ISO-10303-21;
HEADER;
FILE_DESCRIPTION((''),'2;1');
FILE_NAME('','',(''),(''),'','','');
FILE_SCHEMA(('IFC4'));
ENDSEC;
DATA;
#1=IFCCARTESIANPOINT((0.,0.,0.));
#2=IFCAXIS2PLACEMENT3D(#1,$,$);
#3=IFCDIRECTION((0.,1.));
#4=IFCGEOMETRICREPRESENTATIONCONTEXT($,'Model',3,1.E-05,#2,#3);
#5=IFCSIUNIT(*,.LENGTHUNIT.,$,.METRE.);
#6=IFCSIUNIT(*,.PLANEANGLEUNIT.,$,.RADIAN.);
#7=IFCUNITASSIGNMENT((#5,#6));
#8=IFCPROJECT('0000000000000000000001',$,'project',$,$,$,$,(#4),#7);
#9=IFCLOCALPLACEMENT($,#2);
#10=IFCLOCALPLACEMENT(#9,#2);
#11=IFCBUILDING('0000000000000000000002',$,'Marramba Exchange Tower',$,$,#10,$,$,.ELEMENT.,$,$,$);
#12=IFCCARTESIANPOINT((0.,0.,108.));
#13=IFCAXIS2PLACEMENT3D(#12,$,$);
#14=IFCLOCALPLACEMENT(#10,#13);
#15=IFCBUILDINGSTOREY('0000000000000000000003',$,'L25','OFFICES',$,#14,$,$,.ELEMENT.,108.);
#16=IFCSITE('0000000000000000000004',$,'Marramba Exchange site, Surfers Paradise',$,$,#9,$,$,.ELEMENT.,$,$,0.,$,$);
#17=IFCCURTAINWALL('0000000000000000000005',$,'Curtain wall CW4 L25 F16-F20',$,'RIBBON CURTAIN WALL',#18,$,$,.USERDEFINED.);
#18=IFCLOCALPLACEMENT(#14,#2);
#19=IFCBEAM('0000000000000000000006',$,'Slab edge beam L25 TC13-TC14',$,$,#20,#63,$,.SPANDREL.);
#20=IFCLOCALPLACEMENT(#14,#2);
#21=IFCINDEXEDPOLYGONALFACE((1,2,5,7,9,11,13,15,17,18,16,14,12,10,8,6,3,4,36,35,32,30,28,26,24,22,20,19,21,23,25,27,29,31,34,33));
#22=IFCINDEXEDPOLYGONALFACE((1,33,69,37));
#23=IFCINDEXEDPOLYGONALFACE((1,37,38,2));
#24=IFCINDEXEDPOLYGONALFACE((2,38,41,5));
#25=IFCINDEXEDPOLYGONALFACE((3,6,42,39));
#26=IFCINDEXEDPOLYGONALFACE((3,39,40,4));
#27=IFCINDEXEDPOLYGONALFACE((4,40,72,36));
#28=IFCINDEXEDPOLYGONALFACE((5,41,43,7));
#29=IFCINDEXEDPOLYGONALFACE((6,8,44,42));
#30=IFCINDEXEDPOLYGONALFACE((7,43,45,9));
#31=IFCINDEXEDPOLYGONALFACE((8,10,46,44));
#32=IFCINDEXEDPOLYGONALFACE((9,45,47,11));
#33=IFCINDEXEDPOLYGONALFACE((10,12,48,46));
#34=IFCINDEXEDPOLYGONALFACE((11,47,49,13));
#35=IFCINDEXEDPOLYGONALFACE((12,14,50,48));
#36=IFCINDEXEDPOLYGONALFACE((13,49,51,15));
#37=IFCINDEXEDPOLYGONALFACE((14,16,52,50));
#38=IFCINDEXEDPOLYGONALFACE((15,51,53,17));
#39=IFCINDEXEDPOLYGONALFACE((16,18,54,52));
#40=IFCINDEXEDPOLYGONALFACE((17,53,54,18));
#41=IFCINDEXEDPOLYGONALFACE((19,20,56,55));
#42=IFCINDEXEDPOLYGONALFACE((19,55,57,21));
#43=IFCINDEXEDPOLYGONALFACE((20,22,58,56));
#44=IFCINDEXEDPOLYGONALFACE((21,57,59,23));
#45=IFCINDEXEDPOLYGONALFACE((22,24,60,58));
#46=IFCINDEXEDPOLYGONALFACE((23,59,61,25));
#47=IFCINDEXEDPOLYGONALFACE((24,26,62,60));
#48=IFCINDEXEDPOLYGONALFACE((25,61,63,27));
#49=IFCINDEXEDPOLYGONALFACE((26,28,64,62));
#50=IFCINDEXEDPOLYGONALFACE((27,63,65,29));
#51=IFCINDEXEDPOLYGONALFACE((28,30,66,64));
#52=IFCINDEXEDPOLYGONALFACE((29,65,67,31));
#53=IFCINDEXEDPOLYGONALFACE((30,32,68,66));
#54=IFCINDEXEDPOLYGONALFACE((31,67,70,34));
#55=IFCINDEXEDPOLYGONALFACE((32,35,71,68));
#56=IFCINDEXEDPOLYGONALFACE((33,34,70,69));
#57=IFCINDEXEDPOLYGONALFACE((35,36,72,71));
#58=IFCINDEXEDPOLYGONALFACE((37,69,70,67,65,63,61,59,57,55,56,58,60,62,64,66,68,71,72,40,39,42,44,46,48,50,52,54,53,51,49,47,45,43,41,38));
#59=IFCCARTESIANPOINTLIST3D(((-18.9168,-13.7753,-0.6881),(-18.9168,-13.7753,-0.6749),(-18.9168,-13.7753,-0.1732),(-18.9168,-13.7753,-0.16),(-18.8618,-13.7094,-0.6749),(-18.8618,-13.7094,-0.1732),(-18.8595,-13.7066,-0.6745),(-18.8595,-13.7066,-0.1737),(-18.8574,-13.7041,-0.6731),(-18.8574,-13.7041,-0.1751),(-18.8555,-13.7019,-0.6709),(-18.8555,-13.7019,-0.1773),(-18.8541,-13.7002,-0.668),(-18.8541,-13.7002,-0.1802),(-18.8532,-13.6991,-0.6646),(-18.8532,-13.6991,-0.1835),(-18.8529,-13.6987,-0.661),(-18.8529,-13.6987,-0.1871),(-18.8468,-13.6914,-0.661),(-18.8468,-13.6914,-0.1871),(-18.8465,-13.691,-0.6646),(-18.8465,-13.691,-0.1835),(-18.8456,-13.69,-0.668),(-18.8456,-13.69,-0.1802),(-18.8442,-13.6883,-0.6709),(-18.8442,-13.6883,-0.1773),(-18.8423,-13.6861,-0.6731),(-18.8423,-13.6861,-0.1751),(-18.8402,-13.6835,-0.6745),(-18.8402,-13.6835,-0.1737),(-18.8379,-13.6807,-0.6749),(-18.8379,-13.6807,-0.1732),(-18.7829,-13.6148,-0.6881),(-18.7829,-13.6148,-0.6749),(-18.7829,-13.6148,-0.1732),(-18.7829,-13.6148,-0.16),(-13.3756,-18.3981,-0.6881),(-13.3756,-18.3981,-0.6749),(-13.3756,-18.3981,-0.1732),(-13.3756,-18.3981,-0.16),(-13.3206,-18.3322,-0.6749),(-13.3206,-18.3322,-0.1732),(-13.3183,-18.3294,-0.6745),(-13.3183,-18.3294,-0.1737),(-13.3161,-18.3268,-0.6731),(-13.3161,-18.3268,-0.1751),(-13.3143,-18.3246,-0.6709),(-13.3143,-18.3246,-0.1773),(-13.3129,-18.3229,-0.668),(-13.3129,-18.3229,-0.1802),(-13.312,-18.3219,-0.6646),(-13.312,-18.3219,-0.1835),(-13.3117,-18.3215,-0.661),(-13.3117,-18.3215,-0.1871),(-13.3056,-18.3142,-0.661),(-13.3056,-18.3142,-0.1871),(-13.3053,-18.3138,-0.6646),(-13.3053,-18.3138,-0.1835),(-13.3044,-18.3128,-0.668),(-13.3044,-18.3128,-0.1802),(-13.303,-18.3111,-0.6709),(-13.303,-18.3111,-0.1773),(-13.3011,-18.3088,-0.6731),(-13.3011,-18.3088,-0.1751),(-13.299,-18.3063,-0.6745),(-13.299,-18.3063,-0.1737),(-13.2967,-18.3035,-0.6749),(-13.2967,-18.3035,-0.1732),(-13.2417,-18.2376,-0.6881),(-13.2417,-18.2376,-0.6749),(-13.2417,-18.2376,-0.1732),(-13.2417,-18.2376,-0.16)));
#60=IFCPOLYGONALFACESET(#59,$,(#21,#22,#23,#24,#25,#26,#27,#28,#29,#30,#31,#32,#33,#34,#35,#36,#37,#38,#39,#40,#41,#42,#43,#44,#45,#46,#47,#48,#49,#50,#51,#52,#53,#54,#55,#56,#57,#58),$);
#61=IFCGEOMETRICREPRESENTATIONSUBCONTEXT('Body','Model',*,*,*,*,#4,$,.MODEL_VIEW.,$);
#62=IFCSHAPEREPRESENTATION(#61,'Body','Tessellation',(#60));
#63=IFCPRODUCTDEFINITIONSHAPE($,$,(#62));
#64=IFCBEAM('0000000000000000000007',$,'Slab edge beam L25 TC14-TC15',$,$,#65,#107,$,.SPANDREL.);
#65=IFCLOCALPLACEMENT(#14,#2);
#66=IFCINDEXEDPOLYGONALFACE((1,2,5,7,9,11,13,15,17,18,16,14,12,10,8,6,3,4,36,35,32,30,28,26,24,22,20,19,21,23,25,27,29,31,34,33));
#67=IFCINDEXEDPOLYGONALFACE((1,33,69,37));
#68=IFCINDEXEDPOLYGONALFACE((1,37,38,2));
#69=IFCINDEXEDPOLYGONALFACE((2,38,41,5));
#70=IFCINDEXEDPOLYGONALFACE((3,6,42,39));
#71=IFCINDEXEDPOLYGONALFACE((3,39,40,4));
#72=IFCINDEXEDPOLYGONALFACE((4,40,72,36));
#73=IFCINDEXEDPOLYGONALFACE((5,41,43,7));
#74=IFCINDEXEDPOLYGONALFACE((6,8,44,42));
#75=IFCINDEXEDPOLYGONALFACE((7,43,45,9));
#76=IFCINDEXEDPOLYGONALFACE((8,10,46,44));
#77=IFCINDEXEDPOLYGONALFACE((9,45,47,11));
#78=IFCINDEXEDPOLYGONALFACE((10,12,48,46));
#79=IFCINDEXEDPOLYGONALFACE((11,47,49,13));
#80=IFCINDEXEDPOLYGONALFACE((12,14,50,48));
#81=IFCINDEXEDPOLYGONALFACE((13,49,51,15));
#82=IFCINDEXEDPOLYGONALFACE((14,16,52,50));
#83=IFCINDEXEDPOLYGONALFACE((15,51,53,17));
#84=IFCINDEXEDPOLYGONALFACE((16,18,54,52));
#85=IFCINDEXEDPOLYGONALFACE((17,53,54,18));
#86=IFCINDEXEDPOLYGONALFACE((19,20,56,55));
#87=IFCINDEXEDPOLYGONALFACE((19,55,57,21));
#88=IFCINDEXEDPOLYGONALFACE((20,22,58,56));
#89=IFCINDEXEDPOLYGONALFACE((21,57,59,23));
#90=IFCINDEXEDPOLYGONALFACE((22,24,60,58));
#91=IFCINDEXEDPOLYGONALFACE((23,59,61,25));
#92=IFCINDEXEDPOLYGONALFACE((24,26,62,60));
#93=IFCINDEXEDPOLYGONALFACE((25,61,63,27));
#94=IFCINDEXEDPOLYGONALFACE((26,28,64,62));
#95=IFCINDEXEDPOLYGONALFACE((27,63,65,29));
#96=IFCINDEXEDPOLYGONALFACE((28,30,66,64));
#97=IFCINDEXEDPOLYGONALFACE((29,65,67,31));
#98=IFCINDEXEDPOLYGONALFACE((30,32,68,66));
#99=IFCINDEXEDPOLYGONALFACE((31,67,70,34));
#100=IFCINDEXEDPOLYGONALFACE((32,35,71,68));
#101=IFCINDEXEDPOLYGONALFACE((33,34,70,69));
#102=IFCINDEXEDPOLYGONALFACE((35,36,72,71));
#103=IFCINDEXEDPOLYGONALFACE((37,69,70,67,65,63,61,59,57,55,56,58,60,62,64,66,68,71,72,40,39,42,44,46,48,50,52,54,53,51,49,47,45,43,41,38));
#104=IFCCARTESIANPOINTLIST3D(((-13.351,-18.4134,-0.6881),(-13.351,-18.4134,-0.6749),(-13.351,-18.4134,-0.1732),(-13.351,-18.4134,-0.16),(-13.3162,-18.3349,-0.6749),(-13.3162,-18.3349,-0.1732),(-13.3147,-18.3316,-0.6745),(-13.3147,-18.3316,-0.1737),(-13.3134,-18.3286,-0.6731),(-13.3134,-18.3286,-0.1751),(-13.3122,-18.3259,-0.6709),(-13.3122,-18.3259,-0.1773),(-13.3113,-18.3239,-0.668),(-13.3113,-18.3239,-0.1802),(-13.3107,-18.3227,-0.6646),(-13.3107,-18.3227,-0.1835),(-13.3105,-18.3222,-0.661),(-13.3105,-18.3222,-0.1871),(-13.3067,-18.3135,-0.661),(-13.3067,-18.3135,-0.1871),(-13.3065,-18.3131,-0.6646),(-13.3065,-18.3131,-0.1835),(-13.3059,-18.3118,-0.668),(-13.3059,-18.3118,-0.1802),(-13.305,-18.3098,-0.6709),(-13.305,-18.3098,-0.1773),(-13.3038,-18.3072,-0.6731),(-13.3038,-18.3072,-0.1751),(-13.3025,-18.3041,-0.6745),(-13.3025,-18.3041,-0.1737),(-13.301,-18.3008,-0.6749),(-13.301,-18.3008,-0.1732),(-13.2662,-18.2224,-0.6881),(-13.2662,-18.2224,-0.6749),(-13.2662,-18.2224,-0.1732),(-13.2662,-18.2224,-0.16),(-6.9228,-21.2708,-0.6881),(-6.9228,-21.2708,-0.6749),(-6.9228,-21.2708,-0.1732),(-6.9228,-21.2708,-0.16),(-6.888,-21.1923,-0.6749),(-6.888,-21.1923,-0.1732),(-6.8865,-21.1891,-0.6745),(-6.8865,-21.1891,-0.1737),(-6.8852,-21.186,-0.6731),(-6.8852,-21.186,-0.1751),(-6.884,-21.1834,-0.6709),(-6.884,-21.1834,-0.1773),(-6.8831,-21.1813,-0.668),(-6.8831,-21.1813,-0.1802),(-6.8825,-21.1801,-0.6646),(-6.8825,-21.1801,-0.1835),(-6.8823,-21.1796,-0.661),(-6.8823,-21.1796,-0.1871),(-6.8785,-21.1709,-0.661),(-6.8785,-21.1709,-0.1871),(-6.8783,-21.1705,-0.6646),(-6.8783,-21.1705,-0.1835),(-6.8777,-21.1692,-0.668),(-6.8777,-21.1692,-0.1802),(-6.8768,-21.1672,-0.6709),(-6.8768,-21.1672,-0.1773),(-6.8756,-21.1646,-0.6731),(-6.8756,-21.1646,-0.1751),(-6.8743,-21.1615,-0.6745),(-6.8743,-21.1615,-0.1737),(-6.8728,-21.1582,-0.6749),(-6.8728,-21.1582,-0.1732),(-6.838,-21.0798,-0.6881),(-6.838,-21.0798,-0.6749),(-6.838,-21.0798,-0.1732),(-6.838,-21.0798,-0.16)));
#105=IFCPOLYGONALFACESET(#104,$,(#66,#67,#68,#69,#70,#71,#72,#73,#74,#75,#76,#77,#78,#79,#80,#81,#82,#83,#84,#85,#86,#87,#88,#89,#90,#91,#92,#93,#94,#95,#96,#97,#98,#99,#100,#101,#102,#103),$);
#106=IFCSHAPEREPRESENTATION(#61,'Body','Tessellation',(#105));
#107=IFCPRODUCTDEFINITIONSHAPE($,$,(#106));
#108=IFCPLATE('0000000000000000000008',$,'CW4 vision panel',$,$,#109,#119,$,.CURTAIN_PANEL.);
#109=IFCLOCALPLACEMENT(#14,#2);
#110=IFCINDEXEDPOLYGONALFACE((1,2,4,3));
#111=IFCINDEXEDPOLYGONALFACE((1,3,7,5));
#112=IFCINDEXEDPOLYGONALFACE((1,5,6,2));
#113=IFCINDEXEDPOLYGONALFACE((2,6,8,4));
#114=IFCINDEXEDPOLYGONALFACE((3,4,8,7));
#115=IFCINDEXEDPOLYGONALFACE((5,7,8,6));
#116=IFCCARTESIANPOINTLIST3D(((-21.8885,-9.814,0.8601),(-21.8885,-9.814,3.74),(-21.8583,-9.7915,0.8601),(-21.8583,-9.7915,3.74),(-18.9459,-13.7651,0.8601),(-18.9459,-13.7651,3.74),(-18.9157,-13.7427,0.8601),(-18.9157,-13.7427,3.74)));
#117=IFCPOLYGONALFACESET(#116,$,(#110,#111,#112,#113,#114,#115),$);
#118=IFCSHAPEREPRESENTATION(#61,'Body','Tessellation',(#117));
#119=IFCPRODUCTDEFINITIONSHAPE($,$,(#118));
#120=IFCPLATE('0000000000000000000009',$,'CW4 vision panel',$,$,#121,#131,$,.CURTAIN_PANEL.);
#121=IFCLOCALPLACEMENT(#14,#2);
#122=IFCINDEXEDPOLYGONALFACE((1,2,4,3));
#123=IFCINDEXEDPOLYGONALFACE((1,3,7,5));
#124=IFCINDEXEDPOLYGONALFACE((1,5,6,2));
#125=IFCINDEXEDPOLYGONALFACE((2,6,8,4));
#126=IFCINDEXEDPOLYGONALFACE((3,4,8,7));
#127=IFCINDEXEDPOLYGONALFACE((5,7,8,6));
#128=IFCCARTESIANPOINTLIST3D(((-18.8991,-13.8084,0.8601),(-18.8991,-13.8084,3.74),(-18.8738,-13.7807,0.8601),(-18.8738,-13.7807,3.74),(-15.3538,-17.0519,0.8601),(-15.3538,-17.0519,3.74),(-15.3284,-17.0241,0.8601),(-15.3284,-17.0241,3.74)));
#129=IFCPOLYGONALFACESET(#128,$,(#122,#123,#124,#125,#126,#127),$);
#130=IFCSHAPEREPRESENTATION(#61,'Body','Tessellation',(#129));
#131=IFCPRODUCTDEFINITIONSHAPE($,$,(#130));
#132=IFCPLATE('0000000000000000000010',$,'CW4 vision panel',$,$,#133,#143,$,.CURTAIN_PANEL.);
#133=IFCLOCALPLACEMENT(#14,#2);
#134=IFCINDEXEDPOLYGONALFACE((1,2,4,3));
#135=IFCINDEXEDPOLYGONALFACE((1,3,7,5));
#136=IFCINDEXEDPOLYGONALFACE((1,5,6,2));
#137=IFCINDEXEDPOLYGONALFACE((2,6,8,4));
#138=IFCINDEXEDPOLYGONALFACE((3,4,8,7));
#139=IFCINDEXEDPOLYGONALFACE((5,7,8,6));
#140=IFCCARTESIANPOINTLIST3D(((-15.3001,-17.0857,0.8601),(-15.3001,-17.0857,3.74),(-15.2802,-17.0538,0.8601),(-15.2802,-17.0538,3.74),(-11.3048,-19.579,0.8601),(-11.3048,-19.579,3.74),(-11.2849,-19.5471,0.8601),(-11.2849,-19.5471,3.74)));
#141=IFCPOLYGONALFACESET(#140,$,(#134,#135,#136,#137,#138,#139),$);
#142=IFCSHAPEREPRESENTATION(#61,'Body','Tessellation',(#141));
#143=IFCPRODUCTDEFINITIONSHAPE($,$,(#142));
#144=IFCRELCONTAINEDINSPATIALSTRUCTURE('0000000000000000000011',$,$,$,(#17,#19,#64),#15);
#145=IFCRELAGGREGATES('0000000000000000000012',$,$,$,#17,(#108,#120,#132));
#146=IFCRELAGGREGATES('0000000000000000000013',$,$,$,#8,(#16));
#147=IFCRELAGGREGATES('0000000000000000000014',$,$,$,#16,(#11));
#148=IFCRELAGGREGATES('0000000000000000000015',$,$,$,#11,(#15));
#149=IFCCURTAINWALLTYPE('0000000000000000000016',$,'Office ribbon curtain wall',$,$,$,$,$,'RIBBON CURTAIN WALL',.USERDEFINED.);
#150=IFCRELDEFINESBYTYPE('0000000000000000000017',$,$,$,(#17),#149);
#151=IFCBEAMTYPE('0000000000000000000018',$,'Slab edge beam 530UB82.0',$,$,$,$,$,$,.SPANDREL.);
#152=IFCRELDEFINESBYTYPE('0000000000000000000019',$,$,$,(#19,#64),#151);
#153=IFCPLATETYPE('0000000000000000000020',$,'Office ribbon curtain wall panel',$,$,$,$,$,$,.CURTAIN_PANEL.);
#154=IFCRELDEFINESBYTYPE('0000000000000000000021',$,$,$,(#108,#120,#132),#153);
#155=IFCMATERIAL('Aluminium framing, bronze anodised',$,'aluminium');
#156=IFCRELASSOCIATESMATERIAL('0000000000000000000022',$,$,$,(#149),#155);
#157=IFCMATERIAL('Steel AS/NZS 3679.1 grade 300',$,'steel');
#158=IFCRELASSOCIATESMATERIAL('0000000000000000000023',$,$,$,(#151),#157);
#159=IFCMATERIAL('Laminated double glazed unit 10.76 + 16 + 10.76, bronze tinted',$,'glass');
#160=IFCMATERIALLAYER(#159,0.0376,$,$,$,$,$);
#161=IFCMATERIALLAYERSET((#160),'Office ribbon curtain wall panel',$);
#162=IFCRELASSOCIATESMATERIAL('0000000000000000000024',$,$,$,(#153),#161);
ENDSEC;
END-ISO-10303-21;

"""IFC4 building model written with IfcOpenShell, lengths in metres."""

from ifc_helpers import new_model, si_unit, direction, frame, origin, origin_2d, place, context, subcontext, project, spatial, rectangle, i_section, extrude, material, layer, layer_set, material_profile, profile_set, type_object, element, aggregate, save


model = new_model("IFC4")

# Units and contexts
model_context = context("Model", 3, precision=1e-05, world=origin(), true_north=direction((0.0, 1.0)))
body_context = subcontext(model_context, "Body", "Model", "MODEL_VIEW")
ifc_project = project(units=[si_unit("LENGTHUNIT", "METRE"), si_unit("PLANEANGLEUNIT", "RADIAN")], contexts=[model_context])

# Site, building, storey
site_placement = place(None, origin())
site = spatial("IfcSite", under=ifc_project, at=site_placement, Name="Marramba Exchange site, Surfers Paradise", CompositionType="ELEMENT", RefElevation=0.0)
building_placement = place(site_placement, origin())
building = spatial("IfcBuilding", under=site, at=building_placement, Name="Marramba Exchange Tower", CompositionType="ELEMENT")
storey_placement = place(building_placement, frame((0.0, 0.0, 108.0)))
storey = spatial("IfcBuildingStorey", under=building, at=storey_placement, Name="L25", Description="OFFICES", CompositionType="ELEMENT", Elevation=108.0)

# Curtain wall
ifc_material_1 = material(Name="Aluminium framing, bronze anodised", Category="aluminium")
curtain_wall_type = type_object("IfcCurtainWallType", Name="Office ribbon curtain wall", ElementType="RIBBON CURTAIN WALL", PredefinedType="USERDEFINED", material=ifc_material_1)
curtain_wall_placement = place(storey_placement, origin())
curtain_wall = element("IfcCurtainWall", 1, at=curtain_wall_placement, inside=storey, type_object=curtain_wall_type, Name="Curtain wall CW4 L25 F16-F20", ObjectType="RIBBON CURTAIN WALL", PredefinedType="USERDEFINED")

# Beams
ifc_material_2 = material(Name="Steel AS/NZS 3679.1 grade 300", Category="steel")
ifc_material_profile_1 = material_profile(ifc_material_2, i_section(OverallWidth=0.209, OverallDepth=0.5281, WebThickness=0.0095, FlangeThickness=0.0132, FilletRadius=0.0139, at=origin_2d()), Name="530UB82.0")
ifc_profile_set_1 = profile_set([ifc_material_profile_1], Name="Steel AS/NZS 3679.1 grade 300")
beam_type_1 = type_object("IfcBeamType", Name="Slab edge beam 530UB82.0", PredefinedType="SPANDREL", material=ifc_profile_set_1)
beam_1_placement = place(storey_placement, frame((-18.8499, -13.6951, -0.4241), z_axis=(0.767875, -0.6406, 0.0), x_axis=(0.6406, 0.767875, 0.0)))
element("IfcBeam", 2, at=beam_1_placement, inside=storey, type_object=beam_type_1, Name="Slab edge beam L25 TC13-TC14", PredefinedType="SPANDREL", context=body_context, shape_type="SweptSolid", body=[
    extrude(i_section(OverallWidth=0.209, OverallDepth=0.5281, WebThickness=0.0095, FlangeThickness=0.0132, FilletRadius=0.0139, at=origin_2d()), origin(), (0.0, 0.0, 1.0), 7.2163),
])
beam_2_placement = place(storey_placement, frame((-13.3086, -18.3179, -0.4241), z_axis=(0.913789, -0.40619, 0.0), x_axis=(0.40619, 0.913789, 0.0)))
element("IfcBeam", 3, at=beam_2_placement, inside=storey, type_object=beam_type_1, Name="Slab edge beam L25 TC14-TC15", PredefinedType="SPANDREL", context=body_context, shape_type="SweptSolid", body=[
    extrude(i_section(OverallWidth=0.209, OverallDepth=0.5281, WebThickness=0.0095, FlangeThickness=0.0132, FilletRadius=0.0139, at=origin_2d()), origin(), (0.0, 0.0, 1.0), 7.0347),
])

# Plates
ifc_material_3 = material(Name="Laminated double glazed unit 10.76 + 16 + 10.76, bronze tinted", Category="glass")
ifc_layer_1 = layer(ifc_material_3, 0.0376)
ifc_layer_set_1 = layer_set([ifc_layer_1], Name="Office ribbon curtain wall panel")
plate_type = type_object("IfcPlateType", Name="Office ribbon curtain wall panel", PredefinedType="CURTAIN_PANEL", material=ifc_layer_set_1)
plate_1_placement = place(storey_placement, frame((-20.4021, -11.7783, 0.8601), z_axis=(0.0, 0.0, 1.0), x_axis=(0.597305, -0.802014, 0.0)))
plate_1 = element("IfcPlate", 4, at=plate_1_placement, type_object=plate_type, Name="CW4 vision panel", PredefinedType="CURTAIN_PANEL", context=body_context, shape_type="SweptSolid", body=[
    extrude(rectangle(XDim=4.9265, YDim=0.0376, at=origin_2d()), origin(), (0.0, 0.0, 1.0), 2.8799),
])
plate_2_placement = place(storey_placement, frame((-17.1138, -15.4163, 0.8601), z_axis=(0.0, 0.0, 1.0), x_axis=(0.737822, -0.674995, 0.0)))
plate_2 = element("IfcPlate", 5, at=plate_2_placement, type_object=plate_type, Name="CW4 vision panel", PredefinedType="CURTAIN_PANEL", context=body_context, shape_type="SweptSolid", body=[
    extrude(rectangle(XDim=4.8052, YDim=0.0376, at=origin_2d()), origin(), (0.0, 0.0, 1.0), 2.8799),
])
plate_3_placement = place(storey_placement, frame((-13.2925, -18.3164, 0.8601), z_axis=(0.0, 0.0, 1.0), x_axis=(0.848355, -0.529428, 0.0)))
plate_3 = element("IfcPlate", 6, at=plate_3_placement, type_object=plate_type, Name="CW4 vision panel", PredefinedType="CURTAIN_PANEL", context=body_context, shape_type="SweptSolid", body=[
    extrude(rectangle(XDim=4.7095, YDim=0.0376, at=origin_2d()), origin(), (0.0, 0.0, 1.0), 2.8799),
])
aggregate(curtain_wall, [plate_1, plate_2, plate_3])

save(model, "model.ifc")
